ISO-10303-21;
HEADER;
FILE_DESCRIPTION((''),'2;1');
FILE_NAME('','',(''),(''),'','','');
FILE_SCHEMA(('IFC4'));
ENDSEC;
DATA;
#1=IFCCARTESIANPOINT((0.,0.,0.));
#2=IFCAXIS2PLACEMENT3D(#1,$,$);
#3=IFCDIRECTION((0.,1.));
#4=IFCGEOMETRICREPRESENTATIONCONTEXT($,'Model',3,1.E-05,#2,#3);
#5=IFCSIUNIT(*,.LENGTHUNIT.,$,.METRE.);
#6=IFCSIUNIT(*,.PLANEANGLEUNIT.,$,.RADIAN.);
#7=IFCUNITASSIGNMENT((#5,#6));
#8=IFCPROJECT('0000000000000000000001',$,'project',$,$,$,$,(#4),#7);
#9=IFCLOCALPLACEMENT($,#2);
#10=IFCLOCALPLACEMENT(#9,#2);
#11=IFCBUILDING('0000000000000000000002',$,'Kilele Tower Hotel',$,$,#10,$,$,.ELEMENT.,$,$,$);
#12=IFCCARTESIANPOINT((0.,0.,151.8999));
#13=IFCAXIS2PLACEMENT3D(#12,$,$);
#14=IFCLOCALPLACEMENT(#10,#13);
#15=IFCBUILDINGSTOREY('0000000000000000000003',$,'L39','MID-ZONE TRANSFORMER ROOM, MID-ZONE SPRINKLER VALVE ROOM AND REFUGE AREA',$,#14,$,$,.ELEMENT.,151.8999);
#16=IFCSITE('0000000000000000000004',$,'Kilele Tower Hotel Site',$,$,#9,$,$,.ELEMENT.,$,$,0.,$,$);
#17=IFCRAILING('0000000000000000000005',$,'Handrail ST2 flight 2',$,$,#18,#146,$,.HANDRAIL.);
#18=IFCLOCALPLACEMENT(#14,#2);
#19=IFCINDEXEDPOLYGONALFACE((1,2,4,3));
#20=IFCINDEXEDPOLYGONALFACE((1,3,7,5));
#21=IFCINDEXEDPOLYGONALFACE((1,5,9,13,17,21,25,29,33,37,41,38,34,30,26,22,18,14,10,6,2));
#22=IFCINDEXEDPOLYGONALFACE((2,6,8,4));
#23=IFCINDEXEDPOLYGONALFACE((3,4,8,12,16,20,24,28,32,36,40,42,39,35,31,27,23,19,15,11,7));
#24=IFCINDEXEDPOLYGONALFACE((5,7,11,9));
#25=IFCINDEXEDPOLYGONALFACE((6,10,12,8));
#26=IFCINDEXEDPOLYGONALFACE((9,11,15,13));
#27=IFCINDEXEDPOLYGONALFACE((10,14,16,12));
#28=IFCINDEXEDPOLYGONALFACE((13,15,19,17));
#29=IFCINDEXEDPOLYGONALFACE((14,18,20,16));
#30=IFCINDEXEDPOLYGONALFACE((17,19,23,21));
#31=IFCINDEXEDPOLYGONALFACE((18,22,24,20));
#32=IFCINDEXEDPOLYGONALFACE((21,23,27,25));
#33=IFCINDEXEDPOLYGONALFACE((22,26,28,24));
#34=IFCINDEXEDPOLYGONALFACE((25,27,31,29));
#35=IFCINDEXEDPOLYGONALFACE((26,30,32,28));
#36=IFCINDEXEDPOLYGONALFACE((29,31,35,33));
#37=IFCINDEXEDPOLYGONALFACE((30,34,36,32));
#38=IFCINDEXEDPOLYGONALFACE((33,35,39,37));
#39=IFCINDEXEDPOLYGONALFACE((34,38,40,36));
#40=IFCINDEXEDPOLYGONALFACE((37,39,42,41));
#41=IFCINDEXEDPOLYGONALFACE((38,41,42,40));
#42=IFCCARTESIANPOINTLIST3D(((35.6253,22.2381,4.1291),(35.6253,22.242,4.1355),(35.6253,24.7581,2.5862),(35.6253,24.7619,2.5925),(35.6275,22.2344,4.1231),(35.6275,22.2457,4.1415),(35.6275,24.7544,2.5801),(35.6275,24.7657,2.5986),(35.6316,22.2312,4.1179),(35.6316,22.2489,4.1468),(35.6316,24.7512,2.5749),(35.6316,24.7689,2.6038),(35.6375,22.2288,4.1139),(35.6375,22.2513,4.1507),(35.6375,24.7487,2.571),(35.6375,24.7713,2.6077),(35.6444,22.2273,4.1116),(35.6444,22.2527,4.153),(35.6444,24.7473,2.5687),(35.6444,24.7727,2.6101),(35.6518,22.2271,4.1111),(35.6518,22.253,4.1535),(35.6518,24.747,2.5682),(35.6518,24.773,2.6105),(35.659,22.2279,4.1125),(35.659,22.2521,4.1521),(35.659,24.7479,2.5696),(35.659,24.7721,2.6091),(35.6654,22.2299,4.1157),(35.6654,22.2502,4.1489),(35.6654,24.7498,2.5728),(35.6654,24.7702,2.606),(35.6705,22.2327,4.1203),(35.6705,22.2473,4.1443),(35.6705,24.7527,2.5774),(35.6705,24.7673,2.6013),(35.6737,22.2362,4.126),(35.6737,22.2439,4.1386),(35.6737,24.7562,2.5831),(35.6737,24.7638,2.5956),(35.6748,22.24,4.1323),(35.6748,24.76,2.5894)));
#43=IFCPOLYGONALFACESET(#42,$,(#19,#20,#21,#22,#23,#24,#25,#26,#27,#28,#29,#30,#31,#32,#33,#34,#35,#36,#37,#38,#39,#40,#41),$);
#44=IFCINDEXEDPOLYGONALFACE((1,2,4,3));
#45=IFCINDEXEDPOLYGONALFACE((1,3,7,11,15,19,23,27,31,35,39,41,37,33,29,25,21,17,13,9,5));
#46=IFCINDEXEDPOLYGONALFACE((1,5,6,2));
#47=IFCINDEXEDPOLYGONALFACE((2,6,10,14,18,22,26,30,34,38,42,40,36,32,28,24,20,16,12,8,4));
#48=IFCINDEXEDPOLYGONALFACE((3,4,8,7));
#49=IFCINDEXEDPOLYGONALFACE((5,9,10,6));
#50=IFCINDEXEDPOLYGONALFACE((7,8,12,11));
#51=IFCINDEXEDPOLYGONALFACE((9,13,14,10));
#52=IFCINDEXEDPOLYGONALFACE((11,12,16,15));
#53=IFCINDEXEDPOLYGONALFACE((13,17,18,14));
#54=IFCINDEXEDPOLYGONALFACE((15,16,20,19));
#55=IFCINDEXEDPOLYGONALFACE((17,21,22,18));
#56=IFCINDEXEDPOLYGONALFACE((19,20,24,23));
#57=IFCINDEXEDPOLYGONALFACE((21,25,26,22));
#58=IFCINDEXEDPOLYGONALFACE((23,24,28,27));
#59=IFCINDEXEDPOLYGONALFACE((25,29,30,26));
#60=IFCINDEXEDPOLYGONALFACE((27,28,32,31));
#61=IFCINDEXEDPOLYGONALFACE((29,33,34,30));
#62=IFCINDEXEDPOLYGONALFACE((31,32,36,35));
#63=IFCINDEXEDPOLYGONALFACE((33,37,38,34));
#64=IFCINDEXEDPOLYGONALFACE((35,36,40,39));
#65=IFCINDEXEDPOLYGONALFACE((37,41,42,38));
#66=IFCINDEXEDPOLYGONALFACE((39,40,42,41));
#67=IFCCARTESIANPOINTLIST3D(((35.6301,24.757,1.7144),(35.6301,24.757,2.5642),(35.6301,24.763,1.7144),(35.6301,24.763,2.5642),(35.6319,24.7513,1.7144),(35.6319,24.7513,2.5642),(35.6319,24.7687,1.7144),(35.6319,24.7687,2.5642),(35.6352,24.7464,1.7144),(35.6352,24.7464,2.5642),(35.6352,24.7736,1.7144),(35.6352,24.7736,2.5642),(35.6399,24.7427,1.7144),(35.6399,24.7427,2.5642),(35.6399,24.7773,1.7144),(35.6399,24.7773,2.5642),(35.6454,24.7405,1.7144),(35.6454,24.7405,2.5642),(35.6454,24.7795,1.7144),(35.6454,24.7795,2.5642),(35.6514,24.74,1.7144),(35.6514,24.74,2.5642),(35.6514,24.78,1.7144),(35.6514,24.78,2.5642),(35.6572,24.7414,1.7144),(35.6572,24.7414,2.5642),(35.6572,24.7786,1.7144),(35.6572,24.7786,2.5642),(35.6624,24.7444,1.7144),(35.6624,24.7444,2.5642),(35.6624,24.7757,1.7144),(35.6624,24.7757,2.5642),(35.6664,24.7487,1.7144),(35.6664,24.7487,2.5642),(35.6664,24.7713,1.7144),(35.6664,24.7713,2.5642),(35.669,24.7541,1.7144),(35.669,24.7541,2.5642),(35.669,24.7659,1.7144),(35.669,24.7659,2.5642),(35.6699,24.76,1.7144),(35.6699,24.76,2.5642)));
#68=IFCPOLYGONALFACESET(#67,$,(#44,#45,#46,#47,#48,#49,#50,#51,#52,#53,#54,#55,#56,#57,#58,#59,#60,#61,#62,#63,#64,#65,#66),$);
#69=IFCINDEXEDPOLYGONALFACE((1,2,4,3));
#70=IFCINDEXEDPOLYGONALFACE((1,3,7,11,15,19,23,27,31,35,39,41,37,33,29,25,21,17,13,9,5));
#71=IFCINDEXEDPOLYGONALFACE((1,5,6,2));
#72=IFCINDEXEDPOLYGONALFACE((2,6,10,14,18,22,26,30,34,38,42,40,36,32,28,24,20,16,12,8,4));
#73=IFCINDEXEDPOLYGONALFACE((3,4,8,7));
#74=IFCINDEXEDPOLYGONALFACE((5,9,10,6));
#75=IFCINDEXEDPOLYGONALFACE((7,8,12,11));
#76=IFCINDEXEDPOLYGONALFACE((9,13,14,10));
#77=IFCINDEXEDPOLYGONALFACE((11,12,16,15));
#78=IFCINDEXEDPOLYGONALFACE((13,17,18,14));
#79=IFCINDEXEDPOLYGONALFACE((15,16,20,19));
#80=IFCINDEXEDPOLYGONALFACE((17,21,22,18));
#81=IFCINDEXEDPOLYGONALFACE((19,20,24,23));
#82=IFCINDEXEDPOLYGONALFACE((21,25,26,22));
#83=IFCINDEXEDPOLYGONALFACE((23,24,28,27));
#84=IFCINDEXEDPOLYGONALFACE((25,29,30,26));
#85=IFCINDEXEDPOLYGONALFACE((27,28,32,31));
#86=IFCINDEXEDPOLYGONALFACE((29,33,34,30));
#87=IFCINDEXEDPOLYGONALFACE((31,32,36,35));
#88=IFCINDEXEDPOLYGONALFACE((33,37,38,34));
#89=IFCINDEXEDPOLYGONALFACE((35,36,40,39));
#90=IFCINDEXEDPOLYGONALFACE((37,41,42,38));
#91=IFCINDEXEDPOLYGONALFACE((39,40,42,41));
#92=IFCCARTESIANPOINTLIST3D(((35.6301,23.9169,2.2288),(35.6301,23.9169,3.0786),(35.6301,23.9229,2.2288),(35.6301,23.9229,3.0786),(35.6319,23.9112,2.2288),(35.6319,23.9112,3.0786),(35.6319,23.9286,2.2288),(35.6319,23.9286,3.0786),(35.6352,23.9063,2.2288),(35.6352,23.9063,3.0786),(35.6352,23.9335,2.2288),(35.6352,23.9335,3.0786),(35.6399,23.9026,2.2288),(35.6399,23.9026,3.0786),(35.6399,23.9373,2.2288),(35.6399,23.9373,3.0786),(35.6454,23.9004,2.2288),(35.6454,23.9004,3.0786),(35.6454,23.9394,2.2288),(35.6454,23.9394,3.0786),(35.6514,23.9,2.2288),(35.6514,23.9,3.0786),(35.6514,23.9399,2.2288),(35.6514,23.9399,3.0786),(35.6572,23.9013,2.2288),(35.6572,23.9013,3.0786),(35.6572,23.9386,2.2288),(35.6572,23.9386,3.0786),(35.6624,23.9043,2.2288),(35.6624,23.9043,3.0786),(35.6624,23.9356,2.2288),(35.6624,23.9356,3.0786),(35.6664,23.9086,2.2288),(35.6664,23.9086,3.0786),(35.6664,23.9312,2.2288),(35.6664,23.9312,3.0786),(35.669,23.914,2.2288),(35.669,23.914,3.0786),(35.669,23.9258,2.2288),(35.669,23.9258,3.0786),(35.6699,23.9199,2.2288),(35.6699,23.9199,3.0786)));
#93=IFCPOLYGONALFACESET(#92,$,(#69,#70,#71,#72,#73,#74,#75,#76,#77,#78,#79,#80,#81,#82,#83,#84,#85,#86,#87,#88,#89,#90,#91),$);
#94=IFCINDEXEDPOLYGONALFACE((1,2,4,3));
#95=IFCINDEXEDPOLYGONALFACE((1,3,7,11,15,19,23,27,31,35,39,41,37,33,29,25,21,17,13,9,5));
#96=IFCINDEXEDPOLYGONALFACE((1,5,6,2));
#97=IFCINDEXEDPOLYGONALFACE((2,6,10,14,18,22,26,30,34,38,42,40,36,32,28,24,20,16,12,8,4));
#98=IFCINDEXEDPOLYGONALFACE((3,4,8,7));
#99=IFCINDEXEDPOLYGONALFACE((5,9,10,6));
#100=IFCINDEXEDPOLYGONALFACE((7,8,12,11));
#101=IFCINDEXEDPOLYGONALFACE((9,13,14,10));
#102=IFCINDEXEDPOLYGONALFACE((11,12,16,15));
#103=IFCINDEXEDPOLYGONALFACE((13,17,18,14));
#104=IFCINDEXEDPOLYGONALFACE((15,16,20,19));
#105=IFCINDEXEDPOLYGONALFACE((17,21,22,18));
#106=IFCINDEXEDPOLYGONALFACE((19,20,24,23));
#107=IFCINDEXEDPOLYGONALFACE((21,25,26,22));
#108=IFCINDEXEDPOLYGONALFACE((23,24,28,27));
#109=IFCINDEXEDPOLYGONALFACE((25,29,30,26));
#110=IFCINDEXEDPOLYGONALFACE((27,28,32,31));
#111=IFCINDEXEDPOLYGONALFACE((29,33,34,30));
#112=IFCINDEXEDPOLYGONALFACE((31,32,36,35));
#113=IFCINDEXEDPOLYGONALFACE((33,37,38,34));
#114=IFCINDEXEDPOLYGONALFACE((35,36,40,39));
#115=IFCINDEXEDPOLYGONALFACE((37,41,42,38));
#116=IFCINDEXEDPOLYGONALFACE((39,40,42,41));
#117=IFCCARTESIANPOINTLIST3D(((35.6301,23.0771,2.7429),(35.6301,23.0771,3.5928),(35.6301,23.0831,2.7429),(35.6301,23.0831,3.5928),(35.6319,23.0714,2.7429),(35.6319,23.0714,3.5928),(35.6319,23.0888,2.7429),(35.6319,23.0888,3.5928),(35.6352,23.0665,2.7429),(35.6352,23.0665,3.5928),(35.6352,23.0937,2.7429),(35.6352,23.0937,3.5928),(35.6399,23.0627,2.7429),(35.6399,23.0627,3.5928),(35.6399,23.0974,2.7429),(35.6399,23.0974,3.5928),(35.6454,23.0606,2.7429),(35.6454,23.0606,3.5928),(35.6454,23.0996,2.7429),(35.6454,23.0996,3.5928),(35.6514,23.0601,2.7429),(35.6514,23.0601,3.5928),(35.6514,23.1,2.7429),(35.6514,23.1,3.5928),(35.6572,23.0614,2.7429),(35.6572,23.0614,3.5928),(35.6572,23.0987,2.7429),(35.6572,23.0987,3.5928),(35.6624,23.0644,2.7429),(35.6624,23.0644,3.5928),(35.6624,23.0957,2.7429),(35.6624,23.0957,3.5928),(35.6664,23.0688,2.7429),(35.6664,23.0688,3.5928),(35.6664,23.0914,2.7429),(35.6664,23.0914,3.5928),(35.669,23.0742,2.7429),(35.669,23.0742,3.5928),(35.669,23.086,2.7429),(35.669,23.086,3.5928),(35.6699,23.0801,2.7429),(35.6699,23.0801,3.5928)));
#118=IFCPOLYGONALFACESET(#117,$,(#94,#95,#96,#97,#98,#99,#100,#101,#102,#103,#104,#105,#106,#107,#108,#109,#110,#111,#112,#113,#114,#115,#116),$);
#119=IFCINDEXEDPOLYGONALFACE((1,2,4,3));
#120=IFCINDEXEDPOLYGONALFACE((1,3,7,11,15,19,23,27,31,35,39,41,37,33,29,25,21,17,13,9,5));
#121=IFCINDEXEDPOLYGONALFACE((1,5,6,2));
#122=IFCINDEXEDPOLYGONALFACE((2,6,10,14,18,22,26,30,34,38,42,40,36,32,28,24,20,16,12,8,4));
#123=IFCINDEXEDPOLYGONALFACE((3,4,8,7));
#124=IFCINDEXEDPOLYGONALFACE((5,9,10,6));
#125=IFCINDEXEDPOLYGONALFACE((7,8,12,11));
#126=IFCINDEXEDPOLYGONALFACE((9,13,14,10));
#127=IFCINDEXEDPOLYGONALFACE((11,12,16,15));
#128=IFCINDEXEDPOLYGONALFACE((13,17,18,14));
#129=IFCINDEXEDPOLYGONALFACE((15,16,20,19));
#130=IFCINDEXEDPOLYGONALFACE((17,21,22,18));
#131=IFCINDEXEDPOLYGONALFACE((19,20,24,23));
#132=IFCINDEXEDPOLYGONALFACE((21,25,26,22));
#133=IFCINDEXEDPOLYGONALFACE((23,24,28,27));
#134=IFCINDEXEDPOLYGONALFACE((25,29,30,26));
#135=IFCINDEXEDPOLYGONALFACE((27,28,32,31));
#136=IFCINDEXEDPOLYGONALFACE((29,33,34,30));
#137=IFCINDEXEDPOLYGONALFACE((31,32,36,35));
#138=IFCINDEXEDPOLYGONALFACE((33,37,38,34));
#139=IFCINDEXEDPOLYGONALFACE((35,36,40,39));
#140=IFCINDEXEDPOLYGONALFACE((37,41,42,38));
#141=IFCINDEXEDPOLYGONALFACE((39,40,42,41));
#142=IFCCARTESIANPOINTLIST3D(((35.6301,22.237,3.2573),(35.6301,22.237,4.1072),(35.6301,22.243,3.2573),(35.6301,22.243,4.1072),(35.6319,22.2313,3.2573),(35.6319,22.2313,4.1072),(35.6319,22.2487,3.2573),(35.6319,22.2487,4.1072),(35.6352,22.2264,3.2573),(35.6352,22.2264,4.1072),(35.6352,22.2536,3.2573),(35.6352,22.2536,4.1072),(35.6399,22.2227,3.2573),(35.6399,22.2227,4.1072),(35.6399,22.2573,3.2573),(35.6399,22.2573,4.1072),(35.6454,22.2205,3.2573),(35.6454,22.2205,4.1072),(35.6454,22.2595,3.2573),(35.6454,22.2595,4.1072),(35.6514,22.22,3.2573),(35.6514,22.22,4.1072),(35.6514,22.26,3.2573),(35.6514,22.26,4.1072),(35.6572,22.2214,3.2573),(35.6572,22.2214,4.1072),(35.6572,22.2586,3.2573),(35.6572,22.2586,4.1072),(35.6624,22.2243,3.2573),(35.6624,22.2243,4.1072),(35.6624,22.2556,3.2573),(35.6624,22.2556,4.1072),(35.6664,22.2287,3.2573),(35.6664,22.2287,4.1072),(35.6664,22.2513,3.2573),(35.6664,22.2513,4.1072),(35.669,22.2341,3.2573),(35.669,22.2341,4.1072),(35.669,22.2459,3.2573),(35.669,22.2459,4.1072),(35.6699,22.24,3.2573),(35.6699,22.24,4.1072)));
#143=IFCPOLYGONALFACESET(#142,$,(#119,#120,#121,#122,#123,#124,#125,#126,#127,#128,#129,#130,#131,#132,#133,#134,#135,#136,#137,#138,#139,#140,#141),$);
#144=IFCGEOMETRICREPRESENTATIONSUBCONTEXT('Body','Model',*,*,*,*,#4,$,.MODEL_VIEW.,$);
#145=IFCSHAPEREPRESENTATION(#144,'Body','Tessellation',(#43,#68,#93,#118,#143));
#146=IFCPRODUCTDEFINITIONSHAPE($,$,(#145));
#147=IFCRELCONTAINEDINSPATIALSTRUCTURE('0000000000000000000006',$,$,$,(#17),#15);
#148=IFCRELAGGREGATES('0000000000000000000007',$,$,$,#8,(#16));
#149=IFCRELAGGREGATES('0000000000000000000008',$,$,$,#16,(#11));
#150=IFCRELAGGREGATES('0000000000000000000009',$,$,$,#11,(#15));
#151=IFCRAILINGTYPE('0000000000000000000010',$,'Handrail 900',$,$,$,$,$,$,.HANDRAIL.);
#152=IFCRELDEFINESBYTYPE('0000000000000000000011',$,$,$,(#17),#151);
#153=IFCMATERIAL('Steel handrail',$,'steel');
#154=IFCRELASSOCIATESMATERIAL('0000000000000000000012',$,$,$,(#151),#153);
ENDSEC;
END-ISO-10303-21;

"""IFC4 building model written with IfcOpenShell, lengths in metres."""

from ifc_helpers import new_model, si_unit, direction, frame, origin, origin_2d, place, context, subcontext, project, spatial, circle, extrude, material, type_object, element, save


model = new_model("IFC4")

# Units and contexts
model_context = context("Model", 3, precision=1e-05, world=origin(), true_north=direction((0.0, 1.0)))
body_context = subcontext(model_context, "Body", "Model", "MODEL_VIEW")
ifc_project = project(units=[si_unit("LENGTHUNIT", "METRE"), si_unit("PLANEANGLEUNIT", "RADIAN")], contexts=[model_context])

# Site, building, storey
site_placement = place(None, origin())
site = spatial("IfcSite", under=ifc_project, at=site_placement, Name="Kilele Tower Hotel Site", CompositionType="ELEMENT", RefElevation=0.0)
building_placement = place(site_placement, origin())
building = spatial("IfcBuilding", under=site, at=building_placement, Name="Kilele Tower Hotel", CompositionType="ELEMENT")
storey_placement = place(building_placement, frame((0.0, 0.0, 151.8999)))
storey = spatial("IfcBuildingStorey", under=building, at=storey_placement, Name="L39", Description="MID-ZONE TRANSFORMER ROOM, MID-ZONE SPRINKLER VALVE ROOM AND REFUGE AREA", CompositionType="ELEMENT", Elevation=151.8999)

# Railing
ifc_material_1 = material(Name="Steel handrail", Category="steel")
railing_type_1 = type_object("IfcRailingType", Name="Handrail 900", PredefinedType="HANDRAIL", material=ifc_material_1)
for number, where, name in (
    (1, (35.6499, 24.76, 1.7144), "Handrail ST2 flight 2"),
):
    element("IfcRailing", number, at=place(storey_placement, frame(where)), inside=storey, type_object=railing_type_1, Name=name, PredefinedType="HANDRAIL", context=body_context, shape_type="SweptSolid", body=[
        extrude(circle(Radius=0.0249, at=origin_2d()), frame((0.0, 0.0, 0.875), z_axis=(0.0, -0.852836, 0.522178), x_axis=(1.0, 0.0, 0.0)), (0.0, 0.0, 1.0), 2.9548),
        extrude(circle(Radius=0.02, at=origin_2d()), origin(), (0.0, 0.0, 1.0), 0.8499),
        extrude(circle(Radius=0.02, at=origin_2d()), frame((0.0, -0.8401, 0.5144)), (0.0, 0.0, 1.0), 0.8499),
        extrude(circle(Radius=0.02, at=origin_2d()), frame((0.0, -1.6799, 1.0286)), (0.0, 0.0, 1.0), 0.8499),
        extrude(circle(Radius=0.02, at=origin_2d()), frame((0.0, -2.52, 1.543)), (0.0, 0.0, 1.0), 0.8499),
    ])

save(model, "model.ifc")
